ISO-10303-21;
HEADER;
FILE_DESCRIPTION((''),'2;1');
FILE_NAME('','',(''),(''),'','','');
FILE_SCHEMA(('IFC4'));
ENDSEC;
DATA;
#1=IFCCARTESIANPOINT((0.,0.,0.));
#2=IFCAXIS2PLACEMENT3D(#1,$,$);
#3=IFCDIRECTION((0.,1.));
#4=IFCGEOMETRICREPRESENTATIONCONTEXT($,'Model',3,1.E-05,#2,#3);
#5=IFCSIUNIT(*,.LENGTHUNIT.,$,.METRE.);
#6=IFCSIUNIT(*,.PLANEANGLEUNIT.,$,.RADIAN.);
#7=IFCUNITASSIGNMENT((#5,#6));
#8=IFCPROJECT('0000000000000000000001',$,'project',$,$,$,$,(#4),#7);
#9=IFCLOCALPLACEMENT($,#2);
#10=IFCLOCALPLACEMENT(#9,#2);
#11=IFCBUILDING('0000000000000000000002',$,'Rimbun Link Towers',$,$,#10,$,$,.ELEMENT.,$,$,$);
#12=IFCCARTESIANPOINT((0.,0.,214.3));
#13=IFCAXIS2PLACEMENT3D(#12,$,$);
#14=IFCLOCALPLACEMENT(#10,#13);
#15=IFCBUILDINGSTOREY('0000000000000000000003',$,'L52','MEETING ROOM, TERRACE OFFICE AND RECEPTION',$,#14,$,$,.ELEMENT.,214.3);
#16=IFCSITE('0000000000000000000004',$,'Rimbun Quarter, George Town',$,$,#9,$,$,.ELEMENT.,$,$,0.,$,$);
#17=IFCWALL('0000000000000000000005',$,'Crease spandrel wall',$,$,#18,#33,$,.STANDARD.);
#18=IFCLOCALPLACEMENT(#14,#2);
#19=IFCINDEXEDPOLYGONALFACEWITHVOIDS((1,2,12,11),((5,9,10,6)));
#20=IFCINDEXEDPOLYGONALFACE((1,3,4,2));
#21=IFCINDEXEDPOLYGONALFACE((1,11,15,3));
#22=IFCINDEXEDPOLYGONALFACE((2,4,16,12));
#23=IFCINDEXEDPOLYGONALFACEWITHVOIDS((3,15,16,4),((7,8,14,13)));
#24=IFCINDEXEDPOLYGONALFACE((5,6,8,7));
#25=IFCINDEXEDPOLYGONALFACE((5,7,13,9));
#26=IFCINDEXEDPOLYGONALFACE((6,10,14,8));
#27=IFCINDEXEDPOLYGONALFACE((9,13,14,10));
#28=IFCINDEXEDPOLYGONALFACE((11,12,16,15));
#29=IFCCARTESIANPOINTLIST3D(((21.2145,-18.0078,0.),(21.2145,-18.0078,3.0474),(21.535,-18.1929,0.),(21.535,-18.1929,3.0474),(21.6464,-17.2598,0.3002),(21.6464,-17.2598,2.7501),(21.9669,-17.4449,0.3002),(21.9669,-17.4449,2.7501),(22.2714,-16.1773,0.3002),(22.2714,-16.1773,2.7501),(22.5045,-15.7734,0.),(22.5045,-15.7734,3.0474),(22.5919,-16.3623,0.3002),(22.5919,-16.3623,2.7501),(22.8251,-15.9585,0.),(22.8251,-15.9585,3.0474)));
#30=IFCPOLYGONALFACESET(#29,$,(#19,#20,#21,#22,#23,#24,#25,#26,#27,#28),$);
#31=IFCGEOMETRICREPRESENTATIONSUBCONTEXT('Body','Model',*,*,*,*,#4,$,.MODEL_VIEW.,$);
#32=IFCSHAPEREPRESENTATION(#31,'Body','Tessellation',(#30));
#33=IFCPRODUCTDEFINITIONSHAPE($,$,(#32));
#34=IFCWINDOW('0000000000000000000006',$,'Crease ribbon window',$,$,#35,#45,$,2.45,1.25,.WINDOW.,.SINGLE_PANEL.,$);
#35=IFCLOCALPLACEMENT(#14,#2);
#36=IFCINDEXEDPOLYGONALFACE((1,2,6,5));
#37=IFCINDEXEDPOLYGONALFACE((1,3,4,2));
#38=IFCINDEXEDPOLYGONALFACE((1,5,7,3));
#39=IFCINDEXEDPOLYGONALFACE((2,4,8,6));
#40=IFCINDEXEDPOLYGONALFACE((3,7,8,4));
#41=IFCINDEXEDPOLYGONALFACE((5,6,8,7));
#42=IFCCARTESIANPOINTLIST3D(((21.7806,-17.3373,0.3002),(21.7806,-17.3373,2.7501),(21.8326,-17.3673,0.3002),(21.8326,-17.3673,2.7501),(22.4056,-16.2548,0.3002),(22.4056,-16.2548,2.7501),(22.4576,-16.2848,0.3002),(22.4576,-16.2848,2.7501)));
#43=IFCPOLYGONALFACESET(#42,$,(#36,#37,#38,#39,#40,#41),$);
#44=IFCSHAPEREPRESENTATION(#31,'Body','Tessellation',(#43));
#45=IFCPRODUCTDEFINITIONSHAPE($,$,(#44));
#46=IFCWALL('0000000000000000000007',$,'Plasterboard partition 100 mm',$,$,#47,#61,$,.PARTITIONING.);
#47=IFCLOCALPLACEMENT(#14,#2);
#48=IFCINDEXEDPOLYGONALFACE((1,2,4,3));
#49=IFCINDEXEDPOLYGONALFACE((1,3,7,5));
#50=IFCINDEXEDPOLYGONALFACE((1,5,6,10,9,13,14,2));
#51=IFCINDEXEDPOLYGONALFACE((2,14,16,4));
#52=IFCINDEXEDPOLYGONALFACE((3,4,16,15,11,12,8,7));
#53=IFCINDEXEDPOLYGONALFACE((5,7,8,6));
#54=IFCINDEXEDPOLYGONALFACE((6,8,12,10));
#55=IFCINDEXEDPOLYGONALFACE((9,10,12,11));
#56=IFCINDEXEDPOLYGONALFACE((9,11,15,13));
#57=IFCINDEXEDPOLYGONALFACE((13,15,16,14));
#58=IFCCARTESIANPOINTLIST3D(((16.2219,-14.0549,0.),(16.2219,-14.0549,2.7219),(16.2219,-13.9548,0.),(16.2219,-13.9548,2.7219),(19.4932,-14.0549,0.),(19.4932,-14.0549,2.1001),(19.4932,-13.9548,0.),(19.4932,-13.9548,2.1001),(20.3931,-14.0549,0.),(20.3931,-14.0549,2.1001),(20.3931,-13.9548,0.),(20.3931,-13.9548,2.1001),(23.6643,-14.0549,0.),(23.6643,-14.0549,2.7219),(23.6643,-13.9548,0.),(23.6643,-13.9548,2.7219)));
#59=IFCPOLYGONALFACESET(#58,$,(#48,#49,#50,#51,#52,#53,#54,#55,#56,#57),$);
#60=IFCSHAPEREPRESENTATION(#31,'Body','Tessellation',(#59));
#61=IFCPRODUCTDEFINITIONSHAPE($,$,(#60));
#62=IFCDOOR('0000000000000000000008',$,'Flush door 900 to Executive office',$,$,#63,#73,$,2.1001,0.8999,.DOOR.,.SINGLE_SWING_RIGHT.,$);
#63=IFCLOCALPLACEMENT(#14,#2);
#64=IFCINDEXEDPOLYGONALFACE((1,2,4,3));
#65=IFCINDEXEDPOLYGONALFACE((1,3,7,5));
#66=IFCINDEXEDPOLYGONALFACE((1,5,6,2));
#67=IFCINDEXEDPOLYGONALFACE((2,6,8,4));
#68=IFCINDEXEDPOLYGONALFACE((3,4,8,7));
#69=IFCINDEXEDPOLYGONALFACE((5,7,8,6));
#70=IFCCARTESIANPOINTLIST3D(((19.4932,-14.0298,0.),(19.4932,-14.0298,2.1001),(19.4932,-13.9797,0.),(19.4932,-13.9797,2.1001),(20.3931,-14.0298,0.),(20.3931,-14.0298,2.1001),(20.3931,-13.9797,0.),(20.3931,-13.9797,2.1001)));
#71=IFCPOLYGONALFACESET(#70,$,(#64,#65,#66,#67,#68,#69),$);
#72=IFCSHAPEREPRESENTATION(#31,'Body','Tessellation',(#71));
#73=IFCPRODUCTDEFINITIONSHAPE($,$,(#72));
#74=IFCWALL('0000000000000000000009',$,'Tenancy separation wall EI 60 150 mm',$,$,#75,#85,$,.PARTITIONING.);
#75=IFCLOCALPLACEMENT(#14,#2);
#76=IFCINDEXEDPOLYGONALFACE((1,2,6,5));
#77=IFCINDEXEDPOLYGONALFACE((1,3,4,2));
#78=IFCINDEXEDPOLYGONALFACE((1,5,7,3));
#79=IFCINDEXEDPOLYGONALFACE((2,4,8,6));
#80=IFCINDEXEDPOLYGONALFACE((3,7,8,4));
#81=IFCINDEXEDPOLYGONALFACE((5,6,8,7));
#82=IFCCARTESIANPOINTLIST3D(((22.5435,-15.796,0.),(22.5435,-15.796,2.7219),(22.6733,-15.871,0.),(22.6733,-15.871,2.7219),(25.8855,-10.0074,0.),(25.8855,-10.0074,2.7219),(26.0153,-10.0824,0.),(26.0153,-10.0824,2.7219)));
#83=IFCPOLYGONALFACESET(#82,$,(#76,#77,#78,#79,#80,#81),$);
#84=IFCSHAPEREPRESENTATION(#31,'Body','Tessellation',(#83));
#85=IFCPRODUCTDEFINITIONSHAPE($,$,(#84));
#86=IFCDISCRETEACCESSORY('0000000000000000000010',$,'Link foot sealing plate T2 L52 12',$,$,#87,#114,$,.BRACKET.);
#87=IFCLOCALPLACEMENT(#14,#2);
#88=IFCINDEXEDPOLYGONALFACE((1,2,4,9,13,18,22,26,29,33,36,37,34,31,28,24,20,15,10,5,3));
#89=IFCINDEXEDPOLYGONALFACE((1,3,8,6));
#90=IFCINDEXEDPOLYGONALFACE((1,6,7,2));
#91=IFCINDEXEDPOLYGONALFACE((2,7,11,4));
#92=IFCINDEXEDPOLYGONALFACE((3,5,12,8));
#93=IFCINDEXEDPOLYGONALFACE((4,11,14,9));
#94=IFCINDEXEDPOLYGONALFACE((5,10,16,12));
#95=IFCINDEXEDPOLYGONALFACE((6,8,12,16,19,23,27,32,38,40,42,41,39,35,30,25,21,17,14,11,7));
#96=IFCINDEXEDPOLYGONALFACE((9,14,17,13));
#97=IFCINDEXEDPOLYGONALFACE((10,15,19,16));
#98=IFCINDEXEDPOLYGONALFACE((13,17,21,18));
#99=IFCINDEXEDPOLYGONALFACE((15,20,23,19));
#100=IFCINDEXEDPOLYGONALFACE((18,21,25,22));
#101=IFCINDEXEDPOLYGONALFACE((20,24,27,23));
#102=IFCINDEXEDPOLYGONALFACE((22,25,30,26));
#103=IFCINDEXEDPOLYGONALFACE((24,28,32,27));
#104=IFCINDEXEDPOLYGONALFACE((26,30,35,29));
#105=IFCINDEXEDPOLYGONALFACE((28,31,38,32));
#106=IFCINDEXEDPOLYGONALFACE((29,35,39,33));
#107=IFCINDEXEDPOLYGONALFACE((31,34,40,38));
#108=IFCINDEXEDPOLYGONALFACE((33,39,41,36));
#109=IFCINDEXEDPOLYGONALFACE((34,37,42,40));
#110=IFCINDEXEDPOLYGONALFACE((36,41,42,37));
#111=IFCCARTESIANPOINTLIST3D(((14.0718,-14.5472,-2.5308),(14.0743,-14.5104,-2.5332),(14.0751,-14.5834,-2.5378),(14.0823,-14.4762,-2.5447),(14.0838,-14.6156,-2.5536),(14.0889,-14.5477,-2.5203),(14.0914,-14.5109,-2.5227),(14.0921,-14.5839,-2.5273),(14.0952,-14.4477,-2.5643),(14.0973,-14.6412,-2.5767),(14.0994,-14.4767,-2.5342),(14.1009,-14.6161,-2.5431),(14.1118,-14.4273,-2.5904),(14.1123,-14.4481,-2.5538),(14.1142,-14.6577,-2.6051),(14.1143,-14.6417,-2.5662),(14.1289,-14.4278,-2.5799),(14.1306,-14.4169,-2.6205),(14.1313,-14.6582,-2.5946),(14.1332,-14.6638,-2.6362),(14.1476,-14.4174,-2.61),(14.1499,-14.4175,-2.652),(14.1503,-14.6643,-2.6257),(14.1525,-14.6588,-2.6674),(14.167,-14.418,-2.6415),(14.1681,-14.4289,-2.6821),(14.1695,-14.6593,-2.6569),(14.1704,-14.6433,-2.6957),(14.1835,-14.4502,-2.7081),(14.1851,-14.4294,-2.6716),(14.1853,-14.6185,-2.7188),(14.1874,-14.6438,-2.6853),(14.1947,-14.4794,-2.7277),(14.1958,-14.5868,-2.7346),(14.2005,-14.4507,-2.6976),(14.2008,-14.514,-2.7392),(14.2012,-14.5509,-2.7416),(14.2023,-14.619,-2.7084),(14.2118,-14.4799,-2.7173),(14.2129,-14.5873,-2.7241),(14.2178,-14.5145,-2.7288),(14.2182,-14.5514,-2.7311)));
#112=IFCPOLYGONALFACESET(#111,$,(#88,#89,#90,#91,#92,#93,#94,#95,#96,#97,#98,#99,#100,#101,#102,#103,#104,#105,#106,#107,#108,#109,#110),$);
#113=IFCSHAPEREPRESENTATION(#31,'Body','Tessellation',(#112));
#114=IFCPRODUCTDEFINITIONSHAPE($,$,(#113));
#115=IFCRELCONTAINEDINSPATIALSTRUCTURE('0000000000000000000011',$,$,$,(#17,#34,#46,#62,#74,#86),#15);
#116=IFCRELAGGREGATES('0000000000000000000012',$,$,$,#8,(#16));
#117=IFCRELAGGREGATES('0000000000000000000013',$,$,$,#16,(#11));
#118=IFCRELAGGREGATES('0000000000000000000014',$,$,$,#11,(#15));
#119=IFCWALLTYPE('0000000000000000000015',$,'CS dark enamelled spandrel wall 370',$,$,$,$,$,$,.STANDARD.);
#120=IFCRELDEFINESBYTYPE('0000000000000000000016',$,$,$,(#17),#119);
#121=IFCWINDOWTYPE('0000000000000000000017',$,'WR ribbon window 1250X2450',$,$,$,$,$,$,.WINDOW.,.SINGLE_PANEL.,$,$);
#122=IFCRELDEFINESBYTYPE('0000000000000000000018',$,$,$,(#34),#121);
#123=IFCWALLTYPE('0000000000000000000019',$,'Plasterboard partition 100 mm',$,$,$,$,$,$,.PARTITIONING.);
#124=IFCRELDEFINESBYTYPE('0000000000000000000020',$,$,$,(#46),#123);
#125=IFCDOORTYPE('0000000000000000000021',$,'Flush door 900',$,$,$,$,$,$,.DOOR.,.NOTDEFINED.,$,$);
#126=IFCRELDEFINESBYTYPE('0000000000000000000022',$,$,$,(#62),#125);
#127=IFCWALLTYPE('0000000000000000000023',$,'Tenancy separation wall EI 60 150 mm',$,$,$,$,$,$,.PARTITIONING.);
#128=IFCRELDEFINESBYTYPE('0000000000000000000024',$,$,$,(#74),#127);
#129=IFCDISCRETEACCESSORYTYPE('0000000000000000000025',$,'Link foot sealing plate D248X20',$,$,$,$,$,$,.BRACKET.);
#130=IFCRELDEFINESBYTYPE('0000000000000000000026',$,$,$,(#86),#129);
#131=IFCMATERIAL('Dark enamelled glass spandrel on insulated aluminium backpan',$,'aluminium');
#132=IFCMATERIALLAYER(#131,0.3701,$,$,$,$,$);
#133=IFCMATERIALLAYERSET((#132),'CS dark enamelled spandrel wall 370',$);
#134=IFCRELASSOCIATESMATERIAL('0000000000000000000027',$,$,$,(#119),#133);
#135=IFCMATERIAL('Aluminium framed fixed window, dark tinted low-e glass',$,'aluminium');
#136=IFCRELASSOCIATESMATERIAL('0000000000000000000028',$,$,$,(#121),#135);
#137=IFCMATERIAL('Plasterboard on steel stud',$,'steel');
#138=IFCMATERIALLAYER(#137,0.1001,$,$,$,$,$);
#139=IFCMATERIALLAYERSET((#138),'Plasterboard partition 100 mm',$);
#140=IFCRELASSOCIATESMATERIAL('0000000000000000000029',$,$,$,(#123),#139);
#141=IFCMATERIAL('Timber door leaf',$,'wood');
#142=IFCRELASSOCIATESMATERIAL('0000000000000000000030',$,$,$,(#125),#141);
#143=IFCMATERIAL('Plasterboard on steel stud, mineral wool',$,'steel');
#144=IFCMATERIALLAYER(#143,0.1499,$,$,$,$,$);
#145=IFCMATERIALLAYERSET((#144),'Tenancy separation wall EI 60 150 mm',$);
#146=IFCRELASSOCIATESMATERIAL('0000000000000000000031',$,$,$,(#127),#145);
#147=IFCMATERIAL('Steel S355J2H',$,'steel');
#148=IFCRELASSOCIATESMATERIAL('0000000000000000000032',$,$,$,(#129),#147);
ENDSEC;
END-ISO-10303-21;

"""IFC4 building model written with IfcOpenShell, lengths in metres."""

from ifc_helpers import new_model, si_unit, direction, frame, frame_2d, origin, origin_2d, place, context, subcontext, project, spatial, rectangle, circle, extrude, material, layer, layer_set, material_profile, profile_set, type_object, element, fill, save


model = new_model("IFC4")

# Units and contexts
model_context = context("Model", 3, precision=1e-05, world=origin(), true_north=direction((0.0, 1.0)))
body_context = subcontext(model_context, "Body", "Model", "MODEL_VIEW")
ifc_project = project(units=[si_unit("LENGTHUNIT", "METRE"), si_unit("PLANEANGLEUNIT", "RADIAN")], contexts=[model_context])

# Site, building, storey
site_placement = place(None, origin())
site = spatial("IfcSite", under=ifc_project, at=site_placement, Name="Rimbun Quarter, George Town", CompositionType="ELEMENT", RefElevation=0.0)
building_placement = place(site_placement, origin())
building = spatial("IfcBuilding", under=site, at=building_placement, Name="Rimbun Link Towers", CompositionType="ELEMENT")
storey_placement = place(building_placement, frame((0.0, 0.0, 214.3)))
storey = spatial("IfcBuildingStorey", under=building, at=storey_placement, Name="L52", Description="MEETING ROOM, TERRACE OFFICE AND RECEPTION", CompositionType="ELEMENT", Elevation=214.3)

# Wall, opening, window
ifc_material_1 = material(Name="Dark enamelled glass spandrel on insulated aluminium backpan", Category="aluminium")
ifc_layer_1 = layer(ifc_material_1, 0.3701)
ifc_layer_set_1 = layer_set([ifc_layer_1], Name="CS dark enamelled spandrel wall 370")
wall_type_1 = type_object("IfcWallType", Name="CS dark enamelled spandrel wall 370", PredefinedType="STANDARD", material=ifc_layer_set_1)
wall_1_placement = place(storey_placement, frame((22.6648, -15.866, 0.0), z_axis=(0.0, 0.0, 1.0), x_axis=(-0.500006, -0.866022, 0.0)))
wall_1 = element("IfcWall", 1, at=wall_1_placement, inside=storey, type_object=wall_type_1, Name="Crease spandrel wall", PredefinedType="STANDARD", context=body_context, shape_type="SweptSolid", body=[
    extrude(rectangle(XDim=2.5801, YDim=0.3701, at=frame_2d((1.29, 0.0))), origin(), (0.0, 0.0, 1.0), 3.0474),
])
opening_1_placement = place(wall_1_placement, frame((0.4663, 0.0, 0.3)))
opening_1 = element("IfcOpeningElement", 2, at=opening_1_placement, cuts=wall_1, PredefinedType="OPENING", context=body_context, shape_type="SweptSolid", body=[
    extrude(rectangle(XDim=1.25, YDim=2.45, at=frame_2d((0.625, 1.2251))), frame((0.0, 0.1951, 0.0), z_axis=(0.0, -1.0, 0.0), x_axis=(1.0, 0.0, 0.0)), (0.0, 0.0, 1.0), 0.3901),
])
ifc_material_2 = material(Name="Aluminium framed fixed window, dark tinted low-e glass", Category="aluminium")
window_type = type_object("IfcWindowType", Name="WR ribbon window 1250X2450", PartitioningType="SINGLE_PANEL", PredefinedType="WINDOW", material=ifc_material_2)
window_placement = place(opening_1_placement, origin())
window = element("IfcWindow", 3, at=window_placement, inside=storey, type_object=window_type, Name="Crease ribbon window", OverallHeight=2.45, OverallWidth=1.25, PartitioningType="SINGLE_PANEL", PredefinedType="WINDOW", context=body_context, shape_type="SweptSolid", body=[
    extrude(rectangle(XDim=1.25, YDim=2.45, at=frame_2d((0.625, 1.2251))), frame((0.0, 0.03, 0.0), z_axis=(0.0, -1.0, 0.0), x_axis=(1.0, 0.0, 0.0)), (0.0, 0.0, 1.0), 0.0601),
])
fill(opening_1, window)

# Wall, opening, door
ifc_material_3 = material(Name="Plasterboard on steel stud", Category="steel")
ifc_layer_2 = layer(ifc_material_3, 0.1001)
ifc_layer_set_2 = layer_set([ifc_layer_2], Name="Plasterboard partition 100 mm")
wall_type_2 = type_object("IfcWallType", Name="Plasterboard partition 100 mm", PredefinedType="PARTITIONING", material=ifc_layer_set_2)
wall_2_placement = place(storey_placement, frame((23.6643, -14.0049, 0.0), z_axis=(0.0, 0.0, 1.0), x_axis=(-1.0, 0.0, 0.0)))
wall_2 = element("IfcWall", 4, at=wall_2_placement, inside=storey, type_object=wall_type_2, Name="Plasterboard partition 100 mm", PredefinedType="PARTITIONING", context=body_context, shape_type="SweptSolid", body=[
    extrude(rectangle(XDim=7.4424, YDim=0.1001, at=frame_2d((3.7212, 0.0))), origin(), (0.0, 0.0, 1.0), 2.7219),
])
opening_2_placement = place(wall_2_placement, frame((3.2712, 0.0, 0.0)))
opening_2 = element("IfcOpeningElement", 5, at=opening_2_placement, cuts=wall_2, PredefinedType="OPENING", context=body_context, shape_type="SweptSolid", body=[
    extrude(rectangle(XDim=0.8999, YDim=2.1001, at=frame_2d((0.45, 1.05))), frame((0.0, 0.0601, 0.0), z_axis=(0.0, -1.0, 0.0), x_axis=(1.0, 0.0, 0.0)), (0.0, 0.0, 1.0), 0.1201),
])
ifc_material_4 = material(Name="Timber door leaf", Category="wood")
door_type = type_object("IfcDoorType", Name="Flush door 900", OperationType="NOTDEFINED", PredefinedType="DOOR", material=ifc_material_4)
door_placement = place(opening_2_placement, origin())
door = element("IfcDoor", 6, at=door_placement, inside=storey, type_object=door_type, Name="Flush door 900 to Executive office", OperationType="SINGLE_SWING_RIGHT", OverallHeight=2.1001, OverallWidth=0.8999, PredefinedType="DOOR", context=body_context, shape_type="SweptSolid", body=[
    extrude(rectangle(XDim=0.8999, YDim=2.1001, at=frame_2d((0.45, 1.05))), frame((0.0, 0.0249, 0.0), z_axis=(0.0, -1.0, 0.0), x_axis=(1.0, 0.0, 0.0)), (0.0, 0.0, 1.0), 0.05),
])
fill(opening_2, door)

# Wall
ifc_material_5 = material(Name="Plasterboard on steel stud, mineral wool", Category="steel")
ifc_layer_3 = layer(ifc_material_5, 0.1499)
ifc_layer_set_3 = layer_set([ifc_layer_3], Name="Tenancy separation wall EI 60 150 mm")
wall_type_3 = type_object("IfcWallType", Name="Tenancy separation wall EI 60 150 mm", PredefinedType="PARTITIONING", material=ifc_layer_set_3)
wall_3_placement = place(storey_placement, frame((25.9504, -10.0449, 0.0), z_axis=(0.0, 0.0, 1.0), x_axis=(-0.500001, -0.866025, 0.0)))
element("IfcWall", 7, at=wall_3_placement, inside=storey, type_object=wall_type_3, Name="Tenancy separation wall EI 60 150 mm", PredefinedType="PARTITIONING", context=body_context, shape_type="SweptSolid", body=[
    extrude(rectangle(XDim=6.6841, YDim=0.1499, at=frame_2d((3.342, 0.0))), origin(), (0.0, 0.0, 1.0), 2.7219),
])

# Discrete accessory
ifc_material_6 = material(Name="Steel S355J2H", Category="steel")
ifc_material_profile_1 = material_profile(ifc_material_6, circle(Radius=0.124, at=origin_2d()), Name="PL D248")
ifc_profile_set_1 = profile_set([ifc_material_profile_1], Name="Steel S355J2H")
discrete_accessory_type = type_object("IfcDiscreteAccessoryType", Name="Link foot sealing plate D248X20", PredefinedType="BRACKET", material=ifc_profile_set_1)
discrete_accessory_placement = place(storey_placement, frame((14.1538, -14.5403, -2.6257), z_axis=(-0.851824, 0.024338, -0.523263), x_axis=(-0.02856, -0.999592, 0.0)))
element("IfcDiscreteAccessory", 8, at=discrete_accessory_placement, inside=storey, type_object=discrete_accessory_type, Name="Link foot sealing plate T2 L52 12", PredefinedType="BRACKET", context=body_context, shape_type="SweptSolid", body=[
    extrude(circle(Radius=0.124, at=origin_2d()), origin(), (0.0, 0.0, 1.0), 0.02),
])

save(model, "model.ifc")
